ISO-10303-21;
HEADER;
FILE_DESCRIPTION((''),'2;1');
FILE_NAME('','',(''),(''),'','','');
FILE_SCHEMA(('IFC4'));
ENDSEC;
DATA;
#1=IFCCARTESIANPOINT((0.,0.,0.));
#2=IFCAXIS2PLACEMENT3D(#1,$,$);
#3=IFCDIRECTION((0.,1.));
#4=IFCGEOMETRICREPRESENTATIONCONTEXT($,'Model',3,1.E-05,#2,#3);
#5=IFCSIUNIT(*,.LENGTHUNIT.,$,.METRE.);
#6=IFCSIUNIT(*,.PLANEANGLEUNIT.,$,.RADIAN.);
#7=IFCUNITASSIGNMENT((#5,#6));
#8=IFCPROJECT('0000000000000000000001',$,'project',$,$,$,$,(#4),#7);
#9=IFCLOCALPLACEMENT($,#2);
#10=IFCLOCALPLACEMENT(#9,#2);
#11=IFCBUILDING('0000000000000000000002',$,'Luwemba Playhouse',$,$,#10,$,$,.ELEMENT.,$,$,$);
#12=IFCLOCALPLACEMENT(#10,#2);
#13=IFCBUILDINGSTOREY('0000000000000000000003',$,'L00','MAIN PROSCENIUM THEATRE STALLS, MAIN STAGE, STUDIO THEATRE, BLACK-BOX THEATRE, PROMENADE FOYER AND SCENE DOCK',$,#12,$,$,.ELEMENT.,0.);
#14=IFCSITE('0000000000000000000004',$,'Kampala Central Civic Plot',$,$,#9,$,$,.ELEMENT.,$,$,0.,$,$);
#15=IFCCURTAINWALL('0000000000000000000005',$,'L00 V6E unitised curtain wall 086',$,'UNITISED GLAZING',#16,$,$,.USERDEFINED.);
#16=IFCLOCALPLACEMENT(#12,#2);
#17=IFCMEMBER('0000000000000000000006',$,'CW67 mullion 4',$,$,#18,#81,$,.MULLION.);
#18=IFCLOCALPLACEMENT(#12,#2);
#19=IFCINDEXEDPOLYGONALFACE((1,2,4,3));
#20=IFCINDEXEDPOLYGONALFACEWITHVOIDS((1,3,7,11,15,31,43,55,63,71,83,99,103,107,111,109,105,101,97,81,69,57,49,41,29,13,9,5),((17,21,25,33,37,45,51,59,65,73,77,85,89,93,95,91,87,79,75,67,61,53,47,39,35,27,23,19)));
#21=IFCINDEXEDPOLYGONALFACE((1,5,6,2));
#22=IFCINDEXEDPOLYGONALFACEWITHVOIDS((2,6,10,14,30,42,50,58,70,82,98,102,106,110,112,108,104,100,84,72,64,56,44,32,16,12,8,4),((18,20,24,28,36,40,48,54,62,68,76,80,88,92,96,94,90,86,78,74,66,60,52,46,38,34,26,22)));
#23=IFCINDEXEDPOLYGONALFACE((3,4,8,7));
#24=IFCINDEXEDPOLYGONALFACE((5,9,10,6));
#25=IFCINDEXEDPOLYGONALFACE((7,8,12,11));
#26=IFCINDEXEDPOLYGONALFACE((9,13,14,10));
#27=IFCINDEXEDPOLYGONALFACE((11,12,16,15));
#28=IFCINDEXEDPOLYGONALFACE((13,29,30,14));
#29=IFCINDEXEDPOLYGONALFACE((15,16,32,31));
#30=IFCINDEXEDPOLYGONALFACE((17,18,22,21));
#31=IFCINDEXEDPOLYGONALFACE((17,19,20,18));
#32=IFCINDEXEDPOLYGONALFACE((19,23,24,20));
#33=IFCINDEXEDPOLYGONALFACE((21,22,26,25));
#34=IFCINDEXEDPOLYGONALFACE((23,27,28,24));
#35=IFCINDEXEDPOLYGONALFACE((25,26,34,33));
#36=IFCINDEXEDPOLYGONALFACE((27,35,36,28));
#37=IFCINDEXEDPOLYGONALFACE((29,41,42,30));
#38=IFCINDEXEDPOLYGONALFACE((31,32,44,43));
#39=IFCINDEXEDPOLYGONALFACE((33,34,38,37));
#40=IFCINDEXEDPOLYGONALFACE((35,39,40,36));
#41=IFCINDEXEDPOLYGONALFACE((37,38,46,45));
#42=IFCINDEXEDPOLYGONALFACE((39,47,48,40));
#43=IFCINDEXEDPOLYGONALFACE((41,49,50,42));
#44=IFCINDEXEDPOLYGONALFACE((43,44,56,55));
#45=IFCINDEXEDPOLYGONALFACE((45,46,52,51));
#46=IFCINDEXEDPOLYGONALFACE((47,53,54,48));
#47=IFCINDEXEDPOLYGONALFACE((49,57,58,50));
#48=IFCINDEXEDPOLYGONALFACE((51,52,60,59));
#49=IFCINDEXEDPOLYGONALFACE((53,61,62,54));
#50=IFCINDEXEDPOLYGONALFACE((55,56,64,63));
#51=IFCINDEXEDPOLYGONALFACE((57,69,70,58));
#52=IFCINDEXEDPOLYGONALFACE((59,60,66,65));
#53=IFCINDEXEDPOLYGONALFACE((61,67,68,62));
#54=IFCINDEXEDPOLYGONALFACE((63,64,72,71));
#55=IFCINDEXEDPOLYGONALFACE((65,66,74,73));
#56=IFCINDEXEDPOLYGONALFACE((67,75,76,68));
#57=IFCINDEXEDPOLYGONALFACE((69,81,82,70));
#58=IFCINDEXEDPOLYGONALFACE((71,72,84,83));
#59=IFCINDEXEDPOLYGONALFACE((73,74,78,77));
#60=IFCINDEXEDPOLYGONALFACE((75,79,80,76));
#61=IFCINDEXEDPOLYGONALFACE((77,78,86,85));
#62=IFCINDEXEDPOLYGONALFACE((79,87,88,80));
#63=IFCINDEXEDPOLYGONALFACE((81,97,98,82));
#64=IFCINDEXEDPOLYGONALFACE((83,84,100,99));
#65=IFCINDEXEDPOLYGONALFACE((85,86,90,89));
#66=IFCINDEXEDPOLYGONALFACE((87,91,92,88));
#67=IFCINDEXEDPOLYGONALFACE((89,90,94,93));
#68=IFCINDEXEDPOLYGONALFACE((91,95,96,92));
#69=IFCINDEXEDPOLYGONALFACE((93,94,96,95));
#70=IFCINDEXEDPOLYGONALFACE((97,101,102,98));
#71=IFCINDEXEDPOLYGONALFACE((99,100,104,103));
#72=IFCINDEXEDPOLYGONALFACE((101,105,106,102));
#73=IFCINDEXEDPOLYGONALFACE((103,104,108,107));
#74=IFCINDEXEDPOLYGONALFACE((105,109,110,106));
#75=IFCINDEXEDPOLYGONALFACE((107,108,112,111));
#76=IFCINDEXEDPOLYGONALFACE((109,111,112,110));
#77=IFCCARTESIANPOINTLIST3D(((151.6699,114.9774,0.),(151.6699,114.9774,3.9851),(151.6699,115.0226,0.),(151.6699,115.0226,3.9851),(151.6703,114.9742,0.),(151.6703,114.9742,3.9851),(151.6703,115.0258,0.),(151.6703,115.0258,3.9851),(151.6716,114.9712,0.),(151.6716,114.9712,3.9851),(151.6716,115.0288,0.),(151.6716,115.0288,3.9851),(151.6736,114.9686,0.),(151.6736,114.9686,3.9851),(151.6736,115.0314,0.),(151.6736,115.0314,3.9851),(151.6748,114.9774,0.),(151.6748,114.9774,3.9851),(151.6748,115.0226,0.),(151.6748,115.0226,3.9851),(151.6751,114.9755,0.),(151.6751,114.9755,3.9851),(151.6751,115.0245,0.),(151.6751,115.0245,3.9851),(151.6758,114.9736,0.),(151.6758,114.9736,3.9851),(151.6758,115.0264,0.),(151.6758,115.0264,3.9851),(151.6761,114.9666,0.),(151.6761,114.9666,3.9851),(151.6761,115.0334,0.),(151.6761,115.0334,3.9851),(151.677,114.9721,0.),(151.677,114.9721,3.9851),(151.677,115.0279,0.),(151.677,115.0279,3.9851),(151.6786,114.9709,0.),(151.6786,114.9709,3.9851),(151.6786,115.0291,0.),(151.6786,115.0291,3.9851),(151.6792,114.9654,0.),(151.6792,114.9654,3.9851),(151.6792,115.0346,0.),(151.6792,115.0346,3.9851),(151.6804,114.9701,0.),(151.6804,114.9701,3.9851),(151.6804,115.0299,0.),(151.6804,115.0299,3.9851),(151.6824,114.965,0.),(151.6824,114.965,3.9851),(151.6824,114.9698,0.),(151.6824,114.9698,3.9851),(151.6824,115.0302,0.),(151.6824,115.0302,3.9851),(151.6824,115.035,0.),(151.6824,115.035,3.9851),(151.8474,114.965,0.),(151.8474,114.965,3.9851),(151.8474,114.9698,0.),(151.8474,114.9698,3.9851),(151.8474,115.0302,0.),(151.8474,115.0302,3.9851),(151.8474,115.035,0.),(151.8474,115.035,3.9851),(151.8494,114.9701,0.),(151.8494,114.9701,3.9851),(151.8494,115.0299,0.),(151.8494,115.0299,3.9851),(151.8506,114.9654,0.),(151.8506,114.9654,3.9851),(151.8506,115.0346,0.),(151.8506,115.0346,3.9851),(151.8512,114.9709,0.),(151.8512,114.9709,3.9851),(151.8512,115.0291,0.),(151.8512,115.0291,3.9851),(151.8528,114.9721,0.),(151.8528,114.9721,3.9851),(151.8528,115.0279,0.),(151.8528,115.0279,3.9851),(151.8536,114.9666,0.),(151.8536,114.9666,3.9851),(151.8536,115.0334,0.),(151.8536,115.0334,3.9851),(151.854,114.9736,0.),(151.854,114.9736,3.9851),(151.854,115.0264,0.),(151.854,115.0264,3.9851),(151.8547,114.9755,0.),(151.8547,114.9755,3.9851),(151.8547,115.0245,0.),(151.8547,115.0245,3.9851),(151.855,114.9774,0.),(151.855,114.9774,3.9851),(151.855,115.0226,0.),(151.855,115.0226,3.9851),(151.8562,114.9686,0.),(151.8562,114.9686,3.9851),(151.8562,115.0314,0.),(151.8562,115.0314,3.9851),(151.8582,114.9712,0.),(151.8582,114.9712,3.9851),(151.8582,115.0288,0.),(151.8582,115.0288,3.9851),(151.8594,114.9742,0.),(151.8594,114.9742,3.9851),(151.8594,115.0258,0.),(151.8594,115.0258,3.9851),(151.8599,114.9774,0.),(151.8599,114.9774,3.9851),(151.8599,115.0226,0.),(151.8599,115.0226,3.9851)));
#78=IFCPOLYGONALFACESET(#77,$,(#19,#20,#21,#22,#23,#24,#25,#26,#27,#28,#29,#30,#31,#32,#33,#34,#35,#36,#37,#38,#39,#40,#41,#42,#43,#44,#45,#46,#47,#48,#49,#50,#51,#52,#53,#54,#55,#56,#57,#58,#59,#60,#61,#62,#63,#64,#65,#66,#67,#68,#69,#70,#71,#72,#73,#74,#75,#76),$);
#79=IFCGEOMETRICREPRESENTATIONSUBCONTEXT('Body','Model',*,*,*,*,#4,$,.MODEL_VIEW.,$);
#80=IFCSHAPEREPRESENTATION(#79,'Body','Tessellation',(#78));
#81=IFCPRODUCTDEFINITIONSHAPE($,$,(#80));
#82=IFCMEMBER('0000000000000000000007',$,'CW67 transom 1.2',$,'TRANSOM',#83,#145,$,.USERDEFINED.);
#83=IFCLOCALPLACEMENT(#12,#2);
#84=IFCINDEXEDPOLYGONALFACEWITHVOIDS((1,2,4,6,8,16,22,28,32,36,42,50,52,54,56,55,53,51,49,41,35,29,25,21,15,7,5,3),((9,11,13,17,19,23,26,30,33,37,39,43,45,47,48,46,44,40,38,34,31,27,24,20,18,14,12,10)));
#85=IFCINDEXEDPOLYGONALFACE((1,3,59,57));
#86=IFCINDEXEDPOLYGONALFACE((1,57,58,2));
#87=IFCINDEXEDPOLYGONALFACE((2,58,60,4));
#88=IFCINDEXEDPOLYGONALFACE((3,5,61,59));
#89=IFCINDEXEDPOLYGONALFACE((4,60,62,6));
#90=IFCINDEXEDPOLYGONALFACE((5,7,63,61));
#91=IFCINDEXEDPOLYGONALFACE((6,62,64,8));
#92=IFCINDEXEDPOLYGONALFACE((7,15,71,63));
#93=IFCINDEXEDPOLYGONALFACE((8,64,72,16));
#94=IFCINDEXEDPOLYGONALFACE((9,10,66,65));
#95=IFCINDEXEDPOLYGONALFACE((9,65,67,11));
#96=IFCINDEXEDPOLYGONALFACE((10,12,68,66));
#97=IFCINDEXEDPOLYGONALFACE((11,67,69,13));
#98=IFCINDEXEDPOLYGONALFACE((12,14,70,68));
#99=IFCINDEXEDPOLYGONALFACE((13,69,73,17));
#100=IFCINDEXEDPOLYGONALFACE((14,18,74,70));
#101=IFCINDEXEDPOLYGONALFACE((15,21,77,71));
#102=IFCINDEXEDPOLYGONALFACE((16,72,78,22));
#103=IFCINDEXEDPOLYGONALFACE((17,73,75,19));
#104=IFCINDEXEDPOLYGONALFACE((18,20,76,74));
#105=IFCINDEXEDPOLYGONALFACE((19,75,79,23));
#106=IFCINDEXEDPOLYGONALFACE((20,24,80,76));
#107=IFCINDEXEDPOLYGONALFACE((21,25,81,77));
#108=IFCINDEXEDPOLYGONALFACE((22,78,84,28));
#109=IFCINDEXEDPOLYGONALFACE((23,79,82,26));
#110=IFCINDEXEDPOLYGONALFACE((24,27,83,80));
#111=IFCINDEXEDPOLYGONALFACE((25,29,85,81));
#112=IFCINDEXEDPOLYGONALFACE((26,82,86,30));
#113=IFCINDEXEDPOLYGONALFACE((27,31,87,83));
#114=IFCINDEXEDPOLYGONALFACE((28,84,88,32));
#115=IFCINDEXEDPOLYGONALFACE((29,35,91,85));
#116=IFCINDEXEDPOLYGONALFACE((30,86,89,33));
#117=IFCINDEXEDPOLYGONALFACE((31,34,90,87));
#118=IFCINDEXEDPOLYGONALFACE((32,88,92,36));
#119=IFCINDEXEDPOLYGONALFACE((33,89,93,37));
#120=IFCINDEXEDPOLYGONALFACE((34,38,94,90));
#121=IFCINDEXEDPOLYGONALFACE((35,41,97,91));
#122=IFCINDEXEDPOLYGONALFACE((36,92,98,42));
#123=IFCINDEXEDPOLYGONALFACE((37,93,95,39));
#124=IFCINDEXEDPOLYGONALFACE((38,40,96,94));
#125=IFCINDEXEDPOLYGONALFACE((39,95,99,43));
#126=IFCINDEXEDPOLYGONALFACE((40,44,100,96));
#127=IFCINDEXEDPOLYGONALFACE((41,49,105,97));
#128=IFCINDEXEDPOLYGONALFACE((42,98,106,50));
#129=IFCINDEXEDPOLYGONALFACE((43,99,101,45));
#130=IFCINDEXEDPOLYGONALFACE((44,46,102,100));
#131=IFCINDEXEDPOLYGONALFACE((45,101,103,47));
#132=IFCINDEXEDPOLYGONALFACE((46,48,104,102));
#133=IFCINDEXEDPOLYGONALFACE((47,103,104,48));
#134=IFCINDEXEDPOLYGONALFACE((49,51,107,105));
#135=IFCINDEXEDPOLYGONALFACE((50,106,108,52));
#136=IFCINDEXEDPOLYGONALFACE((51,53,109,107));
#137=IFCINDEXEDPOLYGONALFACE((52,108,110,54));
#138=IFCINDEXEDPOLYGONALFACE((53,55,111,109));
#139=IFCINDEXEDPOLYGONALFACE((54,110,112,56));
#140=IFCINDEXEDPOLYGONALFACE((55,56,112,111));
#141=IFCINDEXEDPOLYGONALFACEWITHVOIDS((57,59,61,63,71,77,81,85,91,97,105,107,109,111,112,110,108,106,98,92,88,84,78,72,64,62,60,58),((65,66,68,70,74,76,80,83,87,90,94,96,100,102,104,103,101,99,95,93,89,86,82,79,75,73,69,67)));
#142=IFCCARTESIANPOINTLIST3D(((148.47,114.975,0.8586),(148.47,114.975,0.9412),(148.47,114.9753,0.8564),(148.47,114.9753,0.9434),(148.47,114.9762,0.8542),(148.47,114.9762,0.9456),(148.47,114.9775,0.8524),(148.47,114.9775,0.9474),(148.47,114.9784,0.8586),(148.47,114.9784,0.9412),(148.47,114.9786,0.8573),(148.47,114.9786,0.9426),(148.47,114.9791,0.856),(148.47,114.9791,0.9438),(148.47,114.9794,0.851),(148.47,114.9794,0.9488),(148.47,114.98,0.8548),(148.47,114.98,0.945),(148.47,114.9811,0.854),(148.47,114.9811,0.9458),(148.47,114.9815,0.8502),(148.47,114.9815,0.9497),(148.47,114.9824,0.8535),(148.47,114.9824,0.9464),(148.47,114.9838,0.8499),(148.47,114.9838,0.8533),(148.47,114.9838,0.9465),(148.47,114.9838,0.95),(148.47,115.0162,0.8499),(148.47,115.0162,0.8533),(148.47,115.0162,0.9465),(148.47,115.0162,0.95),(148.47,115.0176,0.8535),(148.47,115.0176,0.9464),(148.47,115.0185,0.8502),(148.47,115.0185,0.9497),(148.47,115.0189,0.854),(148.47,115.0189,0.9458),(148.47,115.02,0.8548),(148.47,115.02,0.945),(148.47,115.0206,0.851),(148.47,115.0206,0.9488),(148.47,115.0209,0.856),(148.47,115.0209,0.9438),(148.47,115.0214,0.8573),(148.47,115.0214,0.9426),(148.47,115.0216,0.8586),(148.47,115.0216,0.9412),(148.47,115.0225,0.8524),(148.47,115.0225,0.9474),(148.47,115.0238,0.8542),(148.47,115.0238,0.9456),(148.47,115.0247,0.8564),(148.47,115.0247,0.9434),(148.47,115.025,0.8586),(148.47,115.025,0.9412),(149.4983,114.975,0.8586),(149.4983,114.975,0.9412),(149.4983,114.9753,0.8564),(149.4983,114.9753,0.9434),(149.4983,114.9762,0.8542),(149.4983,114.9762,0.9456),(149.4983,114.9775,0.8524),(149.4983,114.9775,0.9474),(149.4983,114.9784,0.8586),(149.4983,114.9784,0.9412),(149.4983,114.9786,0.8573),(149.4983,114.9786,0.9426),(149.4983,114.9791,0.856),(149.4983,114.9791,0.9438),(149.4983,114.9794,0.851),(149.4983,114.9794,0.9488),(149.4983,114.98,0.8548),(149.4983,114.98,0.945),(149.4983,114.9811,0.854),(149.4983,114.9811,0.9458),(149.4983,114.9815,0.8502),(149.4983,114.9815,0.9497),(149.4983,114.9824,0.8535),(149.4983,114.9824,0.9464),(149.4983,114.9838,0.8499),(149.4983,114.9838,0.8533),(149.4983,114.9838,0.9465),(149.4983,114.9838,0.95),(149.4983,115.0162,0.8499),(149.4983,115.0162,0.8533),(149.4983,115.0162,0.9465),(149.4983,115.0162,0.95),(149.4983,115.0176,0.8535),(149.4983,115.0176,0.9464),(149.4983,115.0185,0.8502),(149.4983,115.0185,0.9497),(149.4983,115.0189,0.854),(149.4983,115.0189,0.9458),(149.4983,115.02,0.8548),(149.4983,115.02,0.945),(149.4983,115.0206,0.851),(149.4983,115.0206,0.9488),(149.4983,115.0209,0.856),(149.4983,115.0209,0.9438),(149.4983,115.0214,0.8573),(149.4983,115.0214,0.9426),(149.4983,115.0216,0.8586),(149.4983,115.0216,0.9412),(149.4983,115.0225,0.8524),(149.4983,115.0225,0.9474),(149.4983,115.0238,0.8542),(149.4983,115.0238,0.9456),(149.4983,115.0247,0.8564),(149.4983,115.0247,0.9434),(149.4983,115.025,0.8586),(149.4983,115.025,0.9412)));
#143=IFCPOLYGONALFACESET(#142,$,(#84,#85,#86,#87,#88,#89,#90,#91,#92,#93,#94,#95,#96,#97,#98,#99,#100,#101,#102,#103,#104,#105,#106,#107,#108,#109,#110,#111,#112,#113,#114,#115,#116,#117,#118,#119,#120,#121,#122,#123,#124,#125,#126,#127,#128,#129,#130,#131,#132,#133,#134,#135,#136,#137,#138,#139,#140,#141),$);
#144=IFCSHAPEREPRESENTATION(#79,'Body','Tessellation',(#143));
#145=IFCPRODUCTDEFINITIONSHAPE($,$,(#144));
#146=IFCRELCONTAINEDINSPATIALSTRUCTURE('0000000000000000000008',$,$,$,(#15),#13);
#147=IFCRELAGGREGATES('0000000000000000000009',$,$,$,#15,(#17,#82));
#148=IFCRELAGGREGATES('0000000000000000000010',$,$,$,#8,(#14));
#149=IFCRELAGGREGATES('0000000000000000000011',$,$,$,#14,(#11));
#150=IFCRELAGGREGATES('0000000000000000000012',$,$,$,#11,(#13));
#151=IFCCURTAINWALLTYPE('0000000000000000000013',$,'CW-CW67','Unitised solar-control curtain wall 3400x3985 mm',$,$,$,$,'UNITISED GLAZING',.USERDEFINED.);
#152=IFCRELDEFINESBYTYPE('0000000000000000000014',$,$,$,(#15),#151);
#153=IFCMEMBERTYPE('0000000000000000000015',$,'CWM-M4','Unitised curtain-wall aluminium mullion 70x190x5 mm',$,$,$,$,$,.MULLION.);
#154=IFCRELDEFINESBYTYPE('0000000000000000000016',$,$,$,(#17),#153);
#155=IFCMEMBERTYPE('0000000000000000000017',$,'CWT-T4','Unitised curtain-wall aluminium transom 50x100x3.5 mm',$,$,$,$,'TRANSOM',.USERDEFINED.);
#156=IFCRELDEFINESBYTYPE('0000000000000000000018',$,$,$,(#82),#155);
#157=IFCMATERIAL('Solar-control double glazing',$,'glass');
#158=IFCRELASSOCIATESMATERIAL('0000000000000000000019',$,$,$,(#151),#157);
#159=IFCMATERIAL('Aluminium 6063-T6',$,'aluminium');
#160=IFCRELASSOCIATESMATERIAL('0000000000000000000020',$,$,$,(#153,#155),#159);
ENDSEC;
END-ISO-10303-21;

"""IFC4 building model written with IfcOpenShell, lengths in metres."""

from ifc_helpers import new_model, si_unit, direction, frame, origin, origin_2d, place, context, subcontext, project, spatial, hollow_rectangle, extrude, material, material_profile, profile_set, type_object, element, aggregate, save


model = new_model("IFC4")

# Units and contexts
model_context = context("Model", 3, precision=1e-05, world=origin(), true_north=direction((0.0, 1.0)))
body_context = subcontext(model_context, "Body", "Model", "MODEL_VIEW")
ifc_project = project(units=[si_unit("LENGTHUNIT", "METRE"), si_unit("PLANEANGLEUNIT", "RADIAN")], contexts=[model_context])

# Site, building, storey
site_placement = place(None, origin())
site = spatial("IfcSite", under=ifc_project, at=site_placement, Name="Kampala Central Civic Plot", CompositionType="ELEMENT", RefElevation=0.0)
building_placement = place(site_placement, origin())
building = spatial("IfcBuilding", under=site, at=building_placement, Name="Luwemba Playhouse", CompositionType="ELEMENT")
storey_placement = place(building_placement, origin())
storey = spatial("IfcBuildingStorey", under=building, at=storey_placement, Name="L00", Description="MAIN PROSCENIUM THEATRE STALLS, MAIN STAGE, STUDIO THEATRE, BLACK-BOX THEATRE, PROMENADE FOYER AND SCENE DOCK", CompositionType="ELEMENT", Elevation=0.0)

# Shared definitions
ifc_material_1 = material(Name="Solar-control double glazing", Category="glass")
ifc_material_2 = material(Name="Aluminium 6063-T6", Category="aluminium")

# Curtain wall, members
curtain_wall_type_1 = type_object("IfcCurtainWallType", Name="CW-CW67", Description="Unitised solar-control curtain wall 3400x3985 mm", ElementType="UNITISED GLAZING", PredefinedType="USERDEFINED", material=ifc_material_1)
curtain_wall_1_placement = place(storey_placement, origin())
curtain_wall_1 = element("IfcCurtainWall", 1, at=curtain_wall_1_placement, inside=storey, type_object=curtain_wall_type_1, Name="L00 V6E unitised curtain wall 086", ObjectType="UNITISED GLAZING", PredefinedType="USERDEFINED")
ifc_material_profile_1 = material_profile(ifc_material_2, hollow_rectangle(XDim=0.0701, YDim=0.1899, WallThickness=0.0049, InnerFilletRadius=0.0076, OuterFilletRadius=0.0125, at=origin_2d()))
ifc_profile_set_1 = profile_set([ifc_material_profile_1], Name="Aluminium 6063-T6")
member_type_1 = type_object("IfcMemberType", Name="CWM-M4", Description="Unitised curtain-wall aluminium mullion 70x190x5 mm", PredefinedType="MULLION", material=ifc_profile_set_1)
member_1_placement = place(storey_placement, frame((151.7649, 115.0, 0.0), z_axis=(0.0, 0.0, 1.0), x_axis=(0.0, 1.0, 0.0)))
member_1 = element("IfcMember", 2, at=member_1_placement, type_object=member_type_1, Name="CW67 mullion 4", PredefinedType="MULLION", context=body_context, shape_type="SweptSolid", body=[
    extrude(hollow_rectangle(XDim=0.0701, YDim=0.1899, WallThickness=0.0049, InnerFilletRadius=0.0076, OuterFilletRadius=0.0125, at=origin_2d()), origin(), (0.0, 0.0, 1.0), 3.9851),
])
ifc_material_profile_2 = material_profile(ifc_material_2, hollow_rectangle(XDim=0.05, YDim=0.1001, WallThickness=0.0034, InnerFilletRadius=0.0054, OuterFilletRadius=0.0088, at=origin_2d()))
ifc_profile_set_2 = profile_set([ifc_material_profile_2], Name="Aluminium 6063-T6")
member_type_2 = type_object("IfcMemberType", Name="CWT-T4", Description="Unitised curtain-wall aluminium transom 50x100x3.5 mm", ElementType="TRANSOM", PredefinedType="USERDEFINED", material=ifc_profile_set_2)
member_2_placement = place(storey_placement, frame((148.47, 115.0, 0.8999), z_axis=(1.0, 0.0, 0.0), x_axis=(0.0, 1.0, 0.0)))
member_2 = element("IfcMember", 3, at=member_2_placement, type_object=member_type_2, Name="CW67 transom 1.2", ObjectType="TRANSOM", PredefinedType="USERDEFINED", context=body_context, shape_type="SweptSolid", body=[
    extrude(hollow_rectangle(XDim=0.05, YDim=0.1001, WallThickness=0.0034, InnerFilletRadius=0.0054, OuterFilletRadius=0.0088, at=origin_2d()), origin(), (0.0, 0.0, 1.0), 1.0283),
])
aggregate(curtain_wall_1, [member_1, member_2])

save(model, "model.ifc")
